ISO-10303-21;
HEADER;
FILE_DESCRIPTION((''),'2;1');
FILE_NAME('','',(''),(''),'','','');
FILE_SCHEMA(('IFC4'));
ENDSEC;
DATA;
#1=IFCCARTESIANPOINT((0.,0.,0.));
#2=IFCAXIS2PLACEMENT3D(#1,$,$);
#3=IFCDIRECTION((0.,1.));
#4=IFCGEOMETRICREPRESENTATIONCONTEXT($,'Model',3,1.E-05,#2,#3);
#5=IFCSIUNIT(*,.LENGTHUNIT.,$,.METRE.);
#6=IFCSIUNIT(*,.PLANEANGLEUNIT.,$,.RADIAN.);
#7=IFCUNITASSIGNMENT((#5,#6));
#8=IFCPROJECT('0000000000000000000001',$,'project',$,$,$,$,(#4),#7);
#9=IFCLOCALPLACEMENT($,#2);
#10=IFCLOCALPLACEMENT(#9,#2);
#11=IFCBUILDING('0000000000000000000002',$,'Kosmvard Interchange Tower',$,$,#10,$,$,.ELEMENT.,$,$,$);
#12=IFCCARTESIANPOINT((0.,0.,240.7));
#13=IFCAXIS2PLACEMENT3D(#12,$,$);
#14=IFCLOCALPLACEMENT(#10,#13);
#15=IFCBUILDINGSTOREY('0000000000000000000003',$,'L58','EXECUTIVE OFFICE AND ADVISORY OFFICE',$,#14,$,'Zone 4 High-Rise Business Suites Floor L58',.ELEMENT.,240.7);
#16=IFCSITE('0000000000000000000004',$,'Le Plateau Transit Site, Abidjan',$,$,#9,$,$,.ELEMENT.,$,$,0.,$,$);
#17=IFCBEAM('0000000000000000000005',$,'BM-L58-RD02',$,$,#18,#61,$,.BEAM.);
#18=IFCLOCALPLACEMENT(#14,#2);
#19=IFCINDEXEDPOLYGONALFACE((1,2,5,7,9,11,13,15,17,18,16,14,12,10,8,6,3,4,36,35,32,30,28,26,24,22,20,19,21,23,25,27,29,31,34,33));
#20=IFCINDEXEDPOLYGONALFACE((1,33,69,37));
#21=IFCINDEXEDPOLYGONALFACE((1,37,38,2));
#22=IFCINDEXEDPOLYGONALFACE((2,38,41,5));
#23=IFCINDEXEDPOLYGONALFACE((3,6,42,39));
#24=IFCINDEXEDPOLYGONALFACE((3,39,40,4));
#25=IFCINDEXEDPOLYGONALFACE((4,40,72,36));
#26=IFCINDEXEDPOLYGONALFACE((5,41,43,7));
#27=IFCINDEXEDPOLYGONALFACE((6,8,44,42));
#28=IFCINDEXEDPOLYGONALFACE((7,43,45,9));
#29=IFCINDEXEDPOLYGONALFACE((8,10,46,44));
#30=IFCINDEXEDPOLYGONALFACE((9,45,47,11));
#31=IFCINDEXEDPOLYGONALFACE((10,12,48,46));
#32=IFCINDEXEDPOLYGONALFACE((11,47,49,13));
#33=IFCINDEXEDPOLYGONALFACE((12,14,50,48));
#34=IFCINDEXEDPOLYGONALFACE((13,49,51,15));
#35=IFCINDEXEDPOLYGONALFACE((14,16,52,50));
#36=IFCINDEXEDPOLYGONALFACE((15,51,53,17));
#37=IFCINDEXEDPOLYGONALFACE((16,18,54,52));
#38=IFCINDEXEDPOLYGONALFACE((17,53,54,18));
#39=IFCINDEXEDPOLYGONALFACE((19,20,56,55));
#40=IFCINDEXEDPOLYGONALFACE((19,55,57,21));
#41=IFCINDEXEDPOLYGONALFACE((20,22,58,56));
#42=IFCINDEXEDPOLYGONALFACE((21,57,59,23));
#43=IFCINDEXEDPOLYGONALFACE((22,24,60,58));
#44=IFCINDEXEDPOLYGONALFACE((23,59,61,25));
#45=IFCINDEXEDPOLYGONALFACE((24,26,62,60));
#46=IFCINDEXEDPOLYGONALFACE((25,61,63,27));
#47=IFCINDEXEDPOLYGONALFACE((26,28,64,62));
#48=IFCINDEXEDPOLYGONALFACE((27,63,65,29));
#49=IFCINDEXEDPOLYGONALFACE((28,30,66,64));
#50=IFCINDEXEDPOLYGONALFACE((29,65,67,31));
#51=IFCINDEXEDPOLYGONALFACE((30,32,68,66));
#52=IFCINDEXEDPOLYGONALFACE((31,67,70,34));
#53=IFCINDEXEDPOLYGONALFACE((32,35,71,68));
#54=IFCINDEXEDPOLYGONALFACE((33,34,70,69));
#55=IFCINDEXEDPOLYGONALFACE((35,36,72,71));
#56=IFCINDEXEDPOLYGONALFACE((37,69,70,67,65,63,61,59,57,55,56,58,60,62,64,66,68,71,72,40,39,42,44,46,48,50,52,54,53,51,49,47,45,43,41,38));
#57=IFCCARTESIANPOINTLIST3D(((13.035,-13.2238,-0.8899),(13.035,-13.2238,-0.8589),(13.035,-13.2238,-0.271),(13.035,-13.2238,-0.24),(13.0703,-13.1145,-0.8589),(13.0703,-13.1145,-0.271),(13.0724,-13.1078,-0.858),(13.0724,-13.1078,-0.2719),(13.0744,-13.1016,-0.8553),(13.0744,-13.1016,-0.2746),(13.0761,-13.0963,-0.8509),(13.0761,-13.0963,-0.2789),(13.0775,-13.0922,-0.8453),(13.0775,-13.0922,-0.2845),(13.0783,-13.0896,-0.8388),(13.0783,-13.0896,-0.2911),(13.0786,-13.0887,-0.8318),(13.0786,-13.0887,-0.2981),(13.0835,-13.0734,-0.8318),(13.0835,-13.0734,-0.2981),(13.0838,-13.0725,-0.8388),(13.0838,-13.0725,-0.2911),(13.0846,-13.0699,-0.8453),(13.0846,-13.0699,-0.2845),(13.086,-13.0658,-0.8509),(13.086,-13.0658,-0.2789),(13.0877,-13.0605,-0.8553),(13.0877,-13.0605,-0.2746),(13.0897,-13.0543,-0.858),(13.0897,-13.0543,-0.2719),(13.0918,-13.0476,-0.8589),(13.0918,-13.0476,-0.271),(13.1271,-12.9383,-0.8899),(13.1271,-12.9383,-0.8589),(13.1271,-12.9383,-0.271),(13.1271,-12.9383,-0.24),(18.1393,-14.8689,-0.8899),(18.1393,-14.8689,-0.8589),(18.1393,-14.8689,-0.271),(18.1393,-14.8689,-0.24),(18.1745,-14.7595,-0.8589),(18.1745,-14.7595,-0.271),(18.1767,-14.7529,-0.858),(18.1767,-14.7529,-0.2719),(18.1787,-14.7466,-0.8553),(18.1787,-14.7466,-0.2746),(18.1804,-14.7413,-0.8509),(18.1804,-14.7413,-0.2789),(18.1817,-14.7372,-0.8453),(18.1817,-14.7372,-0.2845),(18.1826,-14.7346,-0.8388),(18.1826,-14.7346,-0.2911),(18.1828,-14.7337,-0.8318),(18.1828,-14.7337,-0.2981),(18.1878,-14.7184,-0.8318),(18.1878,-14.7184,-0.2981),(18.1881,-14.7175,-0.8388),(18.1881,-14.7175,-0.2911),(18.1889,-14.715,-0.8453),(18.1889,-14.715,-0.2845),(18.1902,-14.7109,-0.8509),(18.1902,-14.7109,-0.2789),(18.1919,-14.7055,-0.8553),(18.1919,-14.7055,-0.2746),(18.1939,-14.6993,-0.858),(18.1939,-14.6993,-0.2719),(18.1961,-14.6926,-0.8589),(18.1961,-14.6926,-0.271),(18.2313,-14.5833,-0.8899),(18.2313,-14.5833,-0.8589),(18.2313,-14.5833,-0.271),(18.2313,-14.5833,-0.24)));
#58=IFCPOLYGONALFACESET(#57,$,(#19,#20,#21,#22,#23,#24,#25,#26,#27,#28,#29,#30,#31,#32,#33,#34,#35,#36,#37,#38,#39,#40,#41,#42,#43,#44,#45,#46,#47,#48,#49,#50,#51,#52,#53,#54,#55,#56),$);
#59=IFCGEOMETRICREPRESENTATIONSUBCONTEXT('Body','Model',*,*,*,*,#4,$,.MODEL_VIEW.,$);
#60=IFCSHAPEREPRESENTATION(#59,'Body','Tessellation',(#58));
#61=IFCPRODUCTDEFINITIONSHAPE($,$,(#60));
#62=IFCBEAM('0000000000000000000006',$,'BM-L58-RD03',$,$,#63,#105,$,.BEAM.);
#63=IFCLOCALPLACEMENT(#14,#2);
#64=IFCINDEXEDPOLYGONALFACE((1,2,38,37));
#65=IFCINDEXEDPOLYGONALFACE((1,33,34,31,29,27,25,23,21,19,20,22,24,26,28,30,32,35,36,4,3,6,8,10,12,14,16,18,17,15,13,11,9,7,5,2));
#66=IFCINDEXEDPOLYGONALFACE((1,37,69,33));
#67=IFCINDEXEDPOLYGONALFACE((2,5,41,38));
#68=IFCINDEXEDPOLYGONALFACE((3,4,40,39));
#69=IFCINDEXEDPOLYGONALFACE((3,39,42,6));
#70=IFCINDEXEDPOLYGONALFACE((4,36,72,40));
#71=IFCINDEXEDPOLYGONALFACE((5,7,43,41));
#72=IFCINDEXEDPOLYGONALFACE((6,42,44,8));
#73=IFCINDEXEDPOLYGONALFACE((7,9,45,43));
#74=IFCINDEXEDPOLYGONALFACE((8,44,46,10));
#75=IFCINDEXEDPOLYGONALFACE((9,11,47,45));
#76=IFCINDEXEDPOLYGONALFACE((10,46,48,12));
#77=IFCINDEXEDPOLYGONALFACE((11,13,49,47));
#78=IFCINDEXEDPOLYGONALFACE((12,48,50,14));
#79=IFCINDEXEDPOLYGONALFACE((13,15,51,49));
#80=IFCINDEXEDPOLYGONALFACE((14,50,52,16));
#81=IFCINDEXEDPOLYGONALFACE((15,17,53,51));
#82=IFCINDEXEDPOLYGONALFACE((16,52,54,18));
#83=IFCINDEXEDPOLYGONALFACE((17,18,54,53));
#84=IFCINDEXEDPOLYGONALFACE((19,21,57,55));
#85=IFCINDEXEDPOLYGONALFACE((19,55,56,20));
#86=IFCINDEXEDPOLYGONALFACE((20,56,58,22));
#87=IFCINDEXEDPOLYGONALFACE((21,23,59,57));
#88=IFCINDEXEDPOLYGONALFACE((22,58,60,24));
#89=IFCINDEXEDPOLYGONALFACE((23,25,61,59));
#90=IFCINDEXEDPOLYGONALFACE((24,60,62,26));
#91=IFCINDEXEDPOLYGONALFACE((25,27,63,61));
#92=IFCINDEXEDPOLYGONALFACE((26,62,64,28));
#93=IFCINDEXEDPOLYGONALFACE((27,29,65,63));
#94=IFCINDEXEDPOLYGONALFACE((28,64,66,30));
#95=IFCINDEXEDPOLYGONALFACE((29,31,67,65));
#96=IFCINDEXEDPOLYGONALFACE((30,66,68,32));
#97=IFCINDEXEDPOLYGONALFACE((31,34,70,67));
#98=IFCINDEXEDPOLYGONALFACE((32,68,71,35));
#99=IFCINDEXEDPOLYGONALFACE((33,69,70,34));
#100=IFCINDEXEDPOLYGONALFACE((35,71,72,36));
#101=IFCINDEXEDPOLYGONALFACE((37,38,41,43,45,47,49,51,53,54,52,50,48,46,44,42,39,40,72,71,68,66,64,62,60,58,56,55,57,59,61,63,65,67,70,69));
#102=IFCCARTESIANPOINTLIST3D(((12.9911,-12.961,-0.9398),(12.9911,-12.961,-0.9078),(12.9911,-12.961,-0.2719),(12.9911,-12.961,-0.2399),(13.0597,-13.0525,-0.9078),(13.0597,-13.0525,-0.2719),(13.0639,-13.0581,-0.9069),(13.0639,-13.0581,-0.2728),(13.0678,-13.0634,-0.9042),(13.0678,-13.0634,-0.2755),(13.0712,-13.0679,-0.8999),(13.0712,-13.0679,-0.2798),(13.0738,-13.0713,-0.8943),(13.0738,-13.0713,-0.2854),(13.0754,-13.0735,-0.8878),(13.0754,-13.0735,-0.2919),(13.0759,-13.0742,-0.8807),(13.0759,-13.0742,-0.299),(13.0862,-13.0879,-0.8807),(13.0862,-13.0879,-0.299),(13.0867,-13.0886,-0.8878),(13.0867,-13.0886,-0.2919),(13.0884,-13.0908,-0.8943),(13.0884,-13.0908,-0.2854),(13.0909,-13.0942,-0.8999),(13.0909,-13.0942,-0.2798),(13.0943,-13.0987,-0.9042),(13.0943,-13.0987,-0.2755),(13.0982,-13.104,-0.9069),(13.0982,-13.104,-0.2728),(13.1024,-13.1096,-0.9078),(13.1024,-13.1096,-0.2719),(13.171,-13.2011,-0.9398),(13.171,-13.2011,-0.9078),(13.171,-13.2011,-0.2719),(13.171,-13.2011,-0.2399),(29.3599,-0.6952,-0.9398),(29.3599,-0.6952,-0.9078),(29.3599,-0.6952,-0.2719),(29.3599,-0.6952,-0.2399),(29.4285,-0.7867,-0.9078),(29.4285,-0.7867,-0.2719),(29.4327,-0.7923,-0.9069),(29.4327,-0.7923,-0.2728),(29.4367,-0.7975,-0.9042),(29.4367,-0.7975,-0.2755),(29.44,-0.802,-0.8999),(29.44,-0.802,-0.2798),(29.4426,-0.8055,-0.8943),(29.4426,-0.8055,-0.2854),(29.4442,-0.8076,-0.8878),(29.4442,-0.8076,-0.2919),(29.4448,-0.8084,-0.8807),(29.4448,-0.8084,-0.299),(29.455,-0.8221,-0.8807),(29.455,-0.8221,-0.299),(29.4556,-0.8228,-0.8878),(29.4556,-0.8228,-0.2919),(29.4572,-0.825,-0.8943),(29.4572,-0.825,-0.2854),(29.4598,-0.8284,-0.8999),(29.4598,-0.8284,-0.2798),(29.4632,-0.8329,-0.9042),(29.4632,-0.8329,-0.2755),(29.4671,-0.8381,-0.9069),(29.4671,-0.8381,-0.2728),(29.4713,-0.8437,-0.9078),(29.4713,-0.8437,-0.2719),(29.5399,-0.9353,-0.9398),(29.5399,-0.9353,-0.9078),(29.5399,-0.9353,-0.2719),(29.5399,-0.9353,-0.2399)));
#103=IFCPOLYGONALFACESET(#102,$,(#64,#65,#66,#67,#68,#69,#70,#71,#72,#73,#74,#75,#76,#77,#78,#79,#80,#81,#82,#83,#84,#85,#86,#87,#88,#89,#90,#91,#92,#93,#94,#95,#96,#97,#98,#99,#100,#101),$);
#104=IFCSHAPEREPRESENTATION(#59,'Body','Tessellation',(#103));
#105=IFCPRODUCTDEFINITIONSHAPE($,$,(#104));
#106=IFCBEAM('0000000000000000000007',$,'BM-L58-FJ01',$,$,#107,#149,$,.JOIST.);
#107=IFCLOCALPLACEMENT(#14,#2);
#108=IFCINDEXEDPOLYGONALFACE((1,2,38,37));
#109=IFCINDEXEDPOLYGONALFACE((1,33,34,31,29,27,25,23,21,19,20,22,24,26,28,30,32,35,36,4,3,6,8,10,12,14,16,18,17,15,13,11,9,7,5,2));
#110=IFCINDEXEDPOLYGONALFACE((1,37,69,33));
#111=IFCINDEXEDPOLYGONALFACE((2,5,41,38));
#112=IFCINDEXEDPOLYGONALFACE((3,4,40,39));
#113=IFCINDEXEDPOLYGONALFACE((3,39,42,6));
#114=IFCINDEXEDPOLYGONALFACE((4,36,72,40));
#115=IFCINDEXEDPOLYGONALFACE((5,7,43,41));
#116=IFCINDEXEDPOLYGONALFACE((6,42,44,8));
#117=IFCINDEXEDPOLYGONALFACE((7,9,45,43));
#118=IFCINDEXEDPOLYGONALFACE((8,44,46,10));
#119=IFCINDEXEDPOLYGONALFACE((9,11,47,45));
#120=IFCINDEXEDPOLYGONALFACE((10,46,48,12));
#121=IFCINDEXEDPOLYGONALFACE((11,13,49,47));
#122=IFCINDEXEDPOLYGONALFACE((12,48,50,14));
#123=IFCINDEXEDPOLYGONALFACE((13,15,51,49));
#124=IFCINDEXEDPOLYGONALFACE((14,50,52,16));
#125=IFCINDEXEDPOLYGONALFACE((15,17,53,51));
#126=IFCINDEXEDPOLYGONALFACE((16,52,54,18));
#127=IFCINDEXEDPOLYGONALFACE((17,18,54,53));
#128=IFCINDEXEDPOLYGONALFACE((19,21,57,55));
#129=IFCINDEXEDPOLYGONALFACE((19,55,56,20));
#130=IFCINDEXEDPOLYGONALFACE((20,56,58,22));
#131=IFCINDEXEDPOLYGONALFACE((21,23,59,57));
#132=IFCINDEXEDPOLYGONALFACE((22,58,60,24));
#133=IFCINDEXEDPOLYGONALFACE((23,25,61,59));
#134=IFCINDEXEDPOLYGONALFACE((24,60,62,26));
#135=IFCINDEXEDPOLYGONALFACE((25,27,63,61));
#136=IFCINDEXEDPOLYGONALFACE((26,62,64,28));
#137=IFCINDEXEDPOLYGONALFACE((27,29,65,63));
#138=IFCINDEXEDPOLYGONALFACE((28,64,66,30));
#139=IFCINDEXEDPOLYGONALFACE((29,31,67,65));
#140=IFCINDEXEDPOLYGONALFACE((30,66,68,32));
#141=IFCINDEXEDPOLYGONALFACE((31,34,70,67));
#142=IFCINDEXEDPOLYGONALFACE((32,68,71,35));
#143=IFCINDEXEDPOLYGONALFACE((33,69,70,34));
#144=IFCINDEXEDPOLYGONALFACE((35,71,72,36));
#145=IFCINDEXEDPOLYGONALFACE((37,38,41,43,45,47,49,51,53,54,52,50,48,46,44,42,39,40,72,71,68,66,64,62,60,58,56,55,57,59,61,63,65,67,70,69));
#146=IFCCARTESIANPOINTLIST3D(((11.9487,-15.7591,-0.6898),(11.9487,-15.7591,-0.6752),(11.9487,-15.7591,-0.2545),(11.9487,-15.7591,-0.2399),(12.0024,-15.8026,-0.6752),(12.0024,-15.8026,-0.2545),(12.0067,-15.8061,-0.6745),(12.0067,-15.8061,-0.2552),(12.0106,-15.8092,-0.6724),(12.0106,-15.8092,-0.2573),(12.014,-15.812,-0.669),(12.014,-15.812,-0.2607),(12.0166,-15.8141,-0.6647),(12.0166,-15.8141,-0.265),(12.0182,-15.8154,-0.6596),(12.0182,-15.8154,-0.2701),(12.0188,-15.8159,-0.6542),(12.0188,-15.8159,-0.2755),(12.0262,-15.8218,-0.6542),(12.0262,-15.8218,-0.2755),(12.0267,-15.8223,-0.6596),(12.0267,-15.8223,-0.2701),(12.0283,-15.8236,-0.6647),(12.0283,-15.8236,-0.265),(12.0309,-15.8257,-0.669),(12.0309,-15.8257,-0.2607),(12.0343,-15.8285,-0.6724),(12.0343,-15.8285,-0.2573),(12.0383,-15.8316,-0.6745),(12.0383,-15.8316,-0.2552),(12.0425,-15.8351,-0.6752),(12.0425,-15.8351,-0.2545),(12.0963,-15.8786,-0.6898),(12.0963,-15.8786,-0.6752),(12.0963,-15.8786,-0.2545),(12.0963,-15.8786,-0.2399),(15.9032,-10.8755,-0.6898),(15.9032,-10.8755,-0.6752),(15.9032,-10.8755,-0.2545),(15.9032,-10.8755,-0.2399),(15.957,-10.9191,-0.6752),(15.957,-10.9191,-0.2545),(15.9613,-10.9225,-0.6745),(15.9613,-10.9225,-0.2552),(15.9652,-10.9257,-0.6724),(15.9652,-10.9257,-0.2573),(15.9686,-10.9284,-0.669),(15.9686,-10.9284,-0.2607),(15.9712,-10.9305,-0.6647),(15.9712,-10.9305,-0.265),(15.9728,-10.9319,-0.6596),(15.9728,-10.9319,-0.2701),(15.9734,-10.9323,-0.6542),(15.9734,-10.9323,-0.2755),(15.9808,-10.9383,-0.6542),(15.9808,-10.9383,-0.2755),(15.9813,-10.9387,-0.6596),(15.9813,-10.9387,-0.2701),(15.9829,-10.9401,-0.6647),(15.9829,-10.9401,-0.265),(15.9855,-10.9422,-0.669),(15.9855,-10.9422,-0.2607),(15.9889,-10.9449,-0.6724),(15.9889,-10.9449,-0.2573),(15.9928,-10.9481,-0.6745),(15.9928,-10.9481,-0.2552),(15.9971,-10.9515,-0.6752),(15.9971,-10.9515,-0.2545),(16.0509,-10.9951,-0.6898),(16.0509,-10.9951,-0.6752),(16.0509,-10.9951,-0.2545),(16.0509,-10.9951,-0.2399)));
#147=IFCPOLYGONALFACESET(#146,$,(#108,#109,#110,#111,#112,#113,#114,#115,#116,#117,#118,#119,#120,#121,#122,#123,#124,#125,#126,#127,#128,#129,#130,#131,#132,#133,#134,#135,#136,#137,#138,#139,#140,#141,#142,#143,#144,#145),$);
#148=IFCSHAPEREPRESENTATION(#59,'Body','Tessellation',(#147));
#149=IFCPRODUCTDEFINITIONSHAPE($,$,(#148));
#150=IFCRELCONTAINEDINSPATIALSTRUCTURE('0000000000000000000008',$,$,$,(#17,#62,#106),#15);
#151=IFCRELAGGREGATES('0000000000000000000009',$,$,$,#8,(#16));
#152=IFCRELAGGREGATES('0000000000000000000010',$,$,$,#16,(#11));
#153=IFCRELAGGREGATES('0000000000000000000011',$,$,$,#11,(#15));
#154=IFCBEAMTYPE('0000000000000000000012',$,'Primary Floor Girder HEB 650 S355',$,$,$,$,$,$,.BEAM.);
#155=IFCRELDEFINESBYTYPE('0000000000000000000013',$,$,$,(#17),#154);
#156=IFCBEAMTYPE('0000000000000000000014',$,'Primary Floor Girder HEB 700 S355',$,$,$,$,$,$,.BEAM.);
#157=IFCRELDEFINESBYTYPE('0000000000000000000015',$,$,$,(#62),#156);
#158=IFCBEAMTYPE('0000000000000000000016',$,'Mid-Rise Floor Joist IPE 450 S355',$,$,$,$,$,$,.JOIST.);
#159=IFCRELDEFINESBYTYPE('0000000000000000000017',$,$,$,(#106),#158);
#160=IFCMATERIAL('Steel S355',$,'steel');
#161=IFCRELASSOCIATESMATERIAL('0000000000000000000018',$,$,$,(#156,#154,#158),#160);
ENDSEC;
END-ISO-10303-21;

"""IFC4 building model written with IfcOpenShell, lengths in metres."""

from ifc_helpers import new_model, si_unit, direction, frame, origin, origin_2d, place, context, subcontext, project, spatial, i_section, extrude, source, transform, mapped, material, material_profile, profile_set, type_object, element, save


model = new_model("IFC4")

# Units and contexts
model_context = context("Model", 3, precision=1e-05, world=origin(), true_north=direction((0.0, 1.0)))
body_context = subcontext(model_context, "Body", "Model", "MODEL_VIEW")
ifc_project = project(units=[si_unit("LENGTHUNIT", "METRE"), si_unit("PLANEANGLEUNIT", "RADIAN")], contexts=[model_context])

# Site, building, storey
site_placement = place(None, origin())
site = spatial("IfcSite", under=ifc_project, at=site_placement, Name="Le Plateau Transit Site, Abidjan", CompositionType="ELEMENT", RefElevation=0.0)
building_placement = place(site_placement, origin())
building = spatial("IfcBuilding", under=site, at=building_placement, Name="Kosmvard Interchange Tower", CompositionType="ELEMENT")
storey_placement = place(building_placement, frame((0.0, 0.0, 240.7)))
storey = spatial("IfcBuildingStorey", under=building, at=storey_placement, Name="L58", Description="EXECUTIVE OFFICE AND ADVISORY OFFICE", LongName="Zone 4 High-Rise Business Suites Floor L58", CompositionType="ELEMENT", Elevation=240.7)

# Beams
ifc_material_1 = material(Name="Steel S355", Category="steel")
ifc_material_profile_1 = material_profile(ifc_material_1, i_section(OverallWidth=0.3, OverallDepth=0.7, WebThickness=0.0171, FlangeThickness=0.032, FilletRadius=0.0271, at=origin_2d()), Name="HEB 700")
ifc_profile_set_1 = profile_set([ifc_material_profile_1], Name="Steel S355")
beam_type_1 = type_object("IfcBeamType", Name="Primary Floor Girder HEB 700 S355", PredefinedType="BEAM", material=ifc_profile_set_1)
ifc_material_profile_2 = material_profile(ifc_material_1, i_section(OverallWidth=0.3, OverallDepth=0.6499, WebThickness=0.0161, FlangeThickness=0.031, FilletRadius=0.0271, at=origin_2d()), Name="HEB 650")
ifc_profile_set_2 = profile_set([ifc_material_profile_2], Name="Steel S355")
beam_type_2 = type_object("IfcBeamType", Name="Primary Floor Girder HEB 650 S355", PredefinedType="BEAM", material=ifc_profile_set_2)
shared_shape_1 = source(origin(), body_context, "Body", "SweptSolid", [
    extrude(i_section(OverallWidth=0.3, OverallDepth=0.6499, WebThickness=0.0161, FlangeThickness=0.031, FilletRadius=0.0271, at=origin_2d()), origin(), (0.0, 0.0, 1.0), 5.3628),
])
beam_1_placement = place(storey_placement, frame((13.0811, -13.0811, -0.5649), z_axis=(0.951791, -0.306747, 0.0), x_axis=(0.306747, 0.951791, 0.0)))
element("IfcBeam", 1, at=beam_1_placement, inside=storey, type_object=beam_type_2, Name="BM-L58-RD02", PredefinedType="BEAM", context=body_context, shape_type="MappedRepresentation", body=[
    mapped(shared_shape_1, transform((0.0, 0.0, 0.0), scale=1.0)),
])
shared_shape_2 = source(origin(), body_context, "Body", "SweptSolid", [
    extrude(i_section(OverallWidth=0.3, OverallDepth=0.7, WebThickness=0.0171, FlangeThickness=0.032, FilletRadius=0.0271, at=origin_2d()), origin(), (0.0, 0.0, 1.0), 20.4546),
])
beam_2_placement = place(storey_placement, frame((13.0811, -13.0811, -0.5898), z_axis=(0.800253, 0.599662, 0.0), x_axis=(-0.599662, 0.800253, 0.0)))
element("IfcBeam", 2, at=beam_2_placement, inside=storey, type_object=beam_type_1, Name="BM-L58-RD03", PredefinedType="BEAM", context=body_context, shape_type="MappedRepresentation", body=[
    mapped(shared_shape_2, transform((0.0, 0.0, 0.0), scale=1.0)),
])
ifc_material_profile_3 = material_profile(ifc_material_1, i_section(OverallWidth=0.1899, OverallDepth=0.45, WebThickness=0.0095, FlangeThickness=0.0146, FilletRadius=0.021, at=origin_2d()), Name="IPE 450")
ifc_profile_set_3 = profile_set([ifc_material_profile_3], Name="Steel S355")
beam_type_3 = type_object("IfcBeamType", Name="Mid-Rise Floor Joist IPE 450 S355", PredefinedType="JOIST", material=ifc_profile_set_3)
shared_shape_3 = source(origin(), body_context, "Body", "SweptSolid", [
    extrude(i_section(OverallWidth=0.1899, OverallDepth=0.45, WebThickness=0.0095, FlangeThickness=0.0146, FilletRadius=0.021, at=origin_2d()), origin(), (0.0, 0.0, 1.0), 6.2839),
])
beam_3_placement = place(storey_placement, frame((12.0225, -15.8188, -0.4648), z_axis=(0.629318, 0.777148, 0.0), x_axis=(-0.777148, 0.629318, 0.0)))
element("IfcBeam", 3, at=beam_3_placement, inside=storey, type_object=beam_type_3, Name="BM-L58-FJ01", PredefinedType="JOIST", context=body_context, shape_type="MappedRepresentation", body=[
    mapped(shared_shape_3, transform((0.0, 0.0, 0.0), scale=1.0)),
])

save(model, "model.ifc")
